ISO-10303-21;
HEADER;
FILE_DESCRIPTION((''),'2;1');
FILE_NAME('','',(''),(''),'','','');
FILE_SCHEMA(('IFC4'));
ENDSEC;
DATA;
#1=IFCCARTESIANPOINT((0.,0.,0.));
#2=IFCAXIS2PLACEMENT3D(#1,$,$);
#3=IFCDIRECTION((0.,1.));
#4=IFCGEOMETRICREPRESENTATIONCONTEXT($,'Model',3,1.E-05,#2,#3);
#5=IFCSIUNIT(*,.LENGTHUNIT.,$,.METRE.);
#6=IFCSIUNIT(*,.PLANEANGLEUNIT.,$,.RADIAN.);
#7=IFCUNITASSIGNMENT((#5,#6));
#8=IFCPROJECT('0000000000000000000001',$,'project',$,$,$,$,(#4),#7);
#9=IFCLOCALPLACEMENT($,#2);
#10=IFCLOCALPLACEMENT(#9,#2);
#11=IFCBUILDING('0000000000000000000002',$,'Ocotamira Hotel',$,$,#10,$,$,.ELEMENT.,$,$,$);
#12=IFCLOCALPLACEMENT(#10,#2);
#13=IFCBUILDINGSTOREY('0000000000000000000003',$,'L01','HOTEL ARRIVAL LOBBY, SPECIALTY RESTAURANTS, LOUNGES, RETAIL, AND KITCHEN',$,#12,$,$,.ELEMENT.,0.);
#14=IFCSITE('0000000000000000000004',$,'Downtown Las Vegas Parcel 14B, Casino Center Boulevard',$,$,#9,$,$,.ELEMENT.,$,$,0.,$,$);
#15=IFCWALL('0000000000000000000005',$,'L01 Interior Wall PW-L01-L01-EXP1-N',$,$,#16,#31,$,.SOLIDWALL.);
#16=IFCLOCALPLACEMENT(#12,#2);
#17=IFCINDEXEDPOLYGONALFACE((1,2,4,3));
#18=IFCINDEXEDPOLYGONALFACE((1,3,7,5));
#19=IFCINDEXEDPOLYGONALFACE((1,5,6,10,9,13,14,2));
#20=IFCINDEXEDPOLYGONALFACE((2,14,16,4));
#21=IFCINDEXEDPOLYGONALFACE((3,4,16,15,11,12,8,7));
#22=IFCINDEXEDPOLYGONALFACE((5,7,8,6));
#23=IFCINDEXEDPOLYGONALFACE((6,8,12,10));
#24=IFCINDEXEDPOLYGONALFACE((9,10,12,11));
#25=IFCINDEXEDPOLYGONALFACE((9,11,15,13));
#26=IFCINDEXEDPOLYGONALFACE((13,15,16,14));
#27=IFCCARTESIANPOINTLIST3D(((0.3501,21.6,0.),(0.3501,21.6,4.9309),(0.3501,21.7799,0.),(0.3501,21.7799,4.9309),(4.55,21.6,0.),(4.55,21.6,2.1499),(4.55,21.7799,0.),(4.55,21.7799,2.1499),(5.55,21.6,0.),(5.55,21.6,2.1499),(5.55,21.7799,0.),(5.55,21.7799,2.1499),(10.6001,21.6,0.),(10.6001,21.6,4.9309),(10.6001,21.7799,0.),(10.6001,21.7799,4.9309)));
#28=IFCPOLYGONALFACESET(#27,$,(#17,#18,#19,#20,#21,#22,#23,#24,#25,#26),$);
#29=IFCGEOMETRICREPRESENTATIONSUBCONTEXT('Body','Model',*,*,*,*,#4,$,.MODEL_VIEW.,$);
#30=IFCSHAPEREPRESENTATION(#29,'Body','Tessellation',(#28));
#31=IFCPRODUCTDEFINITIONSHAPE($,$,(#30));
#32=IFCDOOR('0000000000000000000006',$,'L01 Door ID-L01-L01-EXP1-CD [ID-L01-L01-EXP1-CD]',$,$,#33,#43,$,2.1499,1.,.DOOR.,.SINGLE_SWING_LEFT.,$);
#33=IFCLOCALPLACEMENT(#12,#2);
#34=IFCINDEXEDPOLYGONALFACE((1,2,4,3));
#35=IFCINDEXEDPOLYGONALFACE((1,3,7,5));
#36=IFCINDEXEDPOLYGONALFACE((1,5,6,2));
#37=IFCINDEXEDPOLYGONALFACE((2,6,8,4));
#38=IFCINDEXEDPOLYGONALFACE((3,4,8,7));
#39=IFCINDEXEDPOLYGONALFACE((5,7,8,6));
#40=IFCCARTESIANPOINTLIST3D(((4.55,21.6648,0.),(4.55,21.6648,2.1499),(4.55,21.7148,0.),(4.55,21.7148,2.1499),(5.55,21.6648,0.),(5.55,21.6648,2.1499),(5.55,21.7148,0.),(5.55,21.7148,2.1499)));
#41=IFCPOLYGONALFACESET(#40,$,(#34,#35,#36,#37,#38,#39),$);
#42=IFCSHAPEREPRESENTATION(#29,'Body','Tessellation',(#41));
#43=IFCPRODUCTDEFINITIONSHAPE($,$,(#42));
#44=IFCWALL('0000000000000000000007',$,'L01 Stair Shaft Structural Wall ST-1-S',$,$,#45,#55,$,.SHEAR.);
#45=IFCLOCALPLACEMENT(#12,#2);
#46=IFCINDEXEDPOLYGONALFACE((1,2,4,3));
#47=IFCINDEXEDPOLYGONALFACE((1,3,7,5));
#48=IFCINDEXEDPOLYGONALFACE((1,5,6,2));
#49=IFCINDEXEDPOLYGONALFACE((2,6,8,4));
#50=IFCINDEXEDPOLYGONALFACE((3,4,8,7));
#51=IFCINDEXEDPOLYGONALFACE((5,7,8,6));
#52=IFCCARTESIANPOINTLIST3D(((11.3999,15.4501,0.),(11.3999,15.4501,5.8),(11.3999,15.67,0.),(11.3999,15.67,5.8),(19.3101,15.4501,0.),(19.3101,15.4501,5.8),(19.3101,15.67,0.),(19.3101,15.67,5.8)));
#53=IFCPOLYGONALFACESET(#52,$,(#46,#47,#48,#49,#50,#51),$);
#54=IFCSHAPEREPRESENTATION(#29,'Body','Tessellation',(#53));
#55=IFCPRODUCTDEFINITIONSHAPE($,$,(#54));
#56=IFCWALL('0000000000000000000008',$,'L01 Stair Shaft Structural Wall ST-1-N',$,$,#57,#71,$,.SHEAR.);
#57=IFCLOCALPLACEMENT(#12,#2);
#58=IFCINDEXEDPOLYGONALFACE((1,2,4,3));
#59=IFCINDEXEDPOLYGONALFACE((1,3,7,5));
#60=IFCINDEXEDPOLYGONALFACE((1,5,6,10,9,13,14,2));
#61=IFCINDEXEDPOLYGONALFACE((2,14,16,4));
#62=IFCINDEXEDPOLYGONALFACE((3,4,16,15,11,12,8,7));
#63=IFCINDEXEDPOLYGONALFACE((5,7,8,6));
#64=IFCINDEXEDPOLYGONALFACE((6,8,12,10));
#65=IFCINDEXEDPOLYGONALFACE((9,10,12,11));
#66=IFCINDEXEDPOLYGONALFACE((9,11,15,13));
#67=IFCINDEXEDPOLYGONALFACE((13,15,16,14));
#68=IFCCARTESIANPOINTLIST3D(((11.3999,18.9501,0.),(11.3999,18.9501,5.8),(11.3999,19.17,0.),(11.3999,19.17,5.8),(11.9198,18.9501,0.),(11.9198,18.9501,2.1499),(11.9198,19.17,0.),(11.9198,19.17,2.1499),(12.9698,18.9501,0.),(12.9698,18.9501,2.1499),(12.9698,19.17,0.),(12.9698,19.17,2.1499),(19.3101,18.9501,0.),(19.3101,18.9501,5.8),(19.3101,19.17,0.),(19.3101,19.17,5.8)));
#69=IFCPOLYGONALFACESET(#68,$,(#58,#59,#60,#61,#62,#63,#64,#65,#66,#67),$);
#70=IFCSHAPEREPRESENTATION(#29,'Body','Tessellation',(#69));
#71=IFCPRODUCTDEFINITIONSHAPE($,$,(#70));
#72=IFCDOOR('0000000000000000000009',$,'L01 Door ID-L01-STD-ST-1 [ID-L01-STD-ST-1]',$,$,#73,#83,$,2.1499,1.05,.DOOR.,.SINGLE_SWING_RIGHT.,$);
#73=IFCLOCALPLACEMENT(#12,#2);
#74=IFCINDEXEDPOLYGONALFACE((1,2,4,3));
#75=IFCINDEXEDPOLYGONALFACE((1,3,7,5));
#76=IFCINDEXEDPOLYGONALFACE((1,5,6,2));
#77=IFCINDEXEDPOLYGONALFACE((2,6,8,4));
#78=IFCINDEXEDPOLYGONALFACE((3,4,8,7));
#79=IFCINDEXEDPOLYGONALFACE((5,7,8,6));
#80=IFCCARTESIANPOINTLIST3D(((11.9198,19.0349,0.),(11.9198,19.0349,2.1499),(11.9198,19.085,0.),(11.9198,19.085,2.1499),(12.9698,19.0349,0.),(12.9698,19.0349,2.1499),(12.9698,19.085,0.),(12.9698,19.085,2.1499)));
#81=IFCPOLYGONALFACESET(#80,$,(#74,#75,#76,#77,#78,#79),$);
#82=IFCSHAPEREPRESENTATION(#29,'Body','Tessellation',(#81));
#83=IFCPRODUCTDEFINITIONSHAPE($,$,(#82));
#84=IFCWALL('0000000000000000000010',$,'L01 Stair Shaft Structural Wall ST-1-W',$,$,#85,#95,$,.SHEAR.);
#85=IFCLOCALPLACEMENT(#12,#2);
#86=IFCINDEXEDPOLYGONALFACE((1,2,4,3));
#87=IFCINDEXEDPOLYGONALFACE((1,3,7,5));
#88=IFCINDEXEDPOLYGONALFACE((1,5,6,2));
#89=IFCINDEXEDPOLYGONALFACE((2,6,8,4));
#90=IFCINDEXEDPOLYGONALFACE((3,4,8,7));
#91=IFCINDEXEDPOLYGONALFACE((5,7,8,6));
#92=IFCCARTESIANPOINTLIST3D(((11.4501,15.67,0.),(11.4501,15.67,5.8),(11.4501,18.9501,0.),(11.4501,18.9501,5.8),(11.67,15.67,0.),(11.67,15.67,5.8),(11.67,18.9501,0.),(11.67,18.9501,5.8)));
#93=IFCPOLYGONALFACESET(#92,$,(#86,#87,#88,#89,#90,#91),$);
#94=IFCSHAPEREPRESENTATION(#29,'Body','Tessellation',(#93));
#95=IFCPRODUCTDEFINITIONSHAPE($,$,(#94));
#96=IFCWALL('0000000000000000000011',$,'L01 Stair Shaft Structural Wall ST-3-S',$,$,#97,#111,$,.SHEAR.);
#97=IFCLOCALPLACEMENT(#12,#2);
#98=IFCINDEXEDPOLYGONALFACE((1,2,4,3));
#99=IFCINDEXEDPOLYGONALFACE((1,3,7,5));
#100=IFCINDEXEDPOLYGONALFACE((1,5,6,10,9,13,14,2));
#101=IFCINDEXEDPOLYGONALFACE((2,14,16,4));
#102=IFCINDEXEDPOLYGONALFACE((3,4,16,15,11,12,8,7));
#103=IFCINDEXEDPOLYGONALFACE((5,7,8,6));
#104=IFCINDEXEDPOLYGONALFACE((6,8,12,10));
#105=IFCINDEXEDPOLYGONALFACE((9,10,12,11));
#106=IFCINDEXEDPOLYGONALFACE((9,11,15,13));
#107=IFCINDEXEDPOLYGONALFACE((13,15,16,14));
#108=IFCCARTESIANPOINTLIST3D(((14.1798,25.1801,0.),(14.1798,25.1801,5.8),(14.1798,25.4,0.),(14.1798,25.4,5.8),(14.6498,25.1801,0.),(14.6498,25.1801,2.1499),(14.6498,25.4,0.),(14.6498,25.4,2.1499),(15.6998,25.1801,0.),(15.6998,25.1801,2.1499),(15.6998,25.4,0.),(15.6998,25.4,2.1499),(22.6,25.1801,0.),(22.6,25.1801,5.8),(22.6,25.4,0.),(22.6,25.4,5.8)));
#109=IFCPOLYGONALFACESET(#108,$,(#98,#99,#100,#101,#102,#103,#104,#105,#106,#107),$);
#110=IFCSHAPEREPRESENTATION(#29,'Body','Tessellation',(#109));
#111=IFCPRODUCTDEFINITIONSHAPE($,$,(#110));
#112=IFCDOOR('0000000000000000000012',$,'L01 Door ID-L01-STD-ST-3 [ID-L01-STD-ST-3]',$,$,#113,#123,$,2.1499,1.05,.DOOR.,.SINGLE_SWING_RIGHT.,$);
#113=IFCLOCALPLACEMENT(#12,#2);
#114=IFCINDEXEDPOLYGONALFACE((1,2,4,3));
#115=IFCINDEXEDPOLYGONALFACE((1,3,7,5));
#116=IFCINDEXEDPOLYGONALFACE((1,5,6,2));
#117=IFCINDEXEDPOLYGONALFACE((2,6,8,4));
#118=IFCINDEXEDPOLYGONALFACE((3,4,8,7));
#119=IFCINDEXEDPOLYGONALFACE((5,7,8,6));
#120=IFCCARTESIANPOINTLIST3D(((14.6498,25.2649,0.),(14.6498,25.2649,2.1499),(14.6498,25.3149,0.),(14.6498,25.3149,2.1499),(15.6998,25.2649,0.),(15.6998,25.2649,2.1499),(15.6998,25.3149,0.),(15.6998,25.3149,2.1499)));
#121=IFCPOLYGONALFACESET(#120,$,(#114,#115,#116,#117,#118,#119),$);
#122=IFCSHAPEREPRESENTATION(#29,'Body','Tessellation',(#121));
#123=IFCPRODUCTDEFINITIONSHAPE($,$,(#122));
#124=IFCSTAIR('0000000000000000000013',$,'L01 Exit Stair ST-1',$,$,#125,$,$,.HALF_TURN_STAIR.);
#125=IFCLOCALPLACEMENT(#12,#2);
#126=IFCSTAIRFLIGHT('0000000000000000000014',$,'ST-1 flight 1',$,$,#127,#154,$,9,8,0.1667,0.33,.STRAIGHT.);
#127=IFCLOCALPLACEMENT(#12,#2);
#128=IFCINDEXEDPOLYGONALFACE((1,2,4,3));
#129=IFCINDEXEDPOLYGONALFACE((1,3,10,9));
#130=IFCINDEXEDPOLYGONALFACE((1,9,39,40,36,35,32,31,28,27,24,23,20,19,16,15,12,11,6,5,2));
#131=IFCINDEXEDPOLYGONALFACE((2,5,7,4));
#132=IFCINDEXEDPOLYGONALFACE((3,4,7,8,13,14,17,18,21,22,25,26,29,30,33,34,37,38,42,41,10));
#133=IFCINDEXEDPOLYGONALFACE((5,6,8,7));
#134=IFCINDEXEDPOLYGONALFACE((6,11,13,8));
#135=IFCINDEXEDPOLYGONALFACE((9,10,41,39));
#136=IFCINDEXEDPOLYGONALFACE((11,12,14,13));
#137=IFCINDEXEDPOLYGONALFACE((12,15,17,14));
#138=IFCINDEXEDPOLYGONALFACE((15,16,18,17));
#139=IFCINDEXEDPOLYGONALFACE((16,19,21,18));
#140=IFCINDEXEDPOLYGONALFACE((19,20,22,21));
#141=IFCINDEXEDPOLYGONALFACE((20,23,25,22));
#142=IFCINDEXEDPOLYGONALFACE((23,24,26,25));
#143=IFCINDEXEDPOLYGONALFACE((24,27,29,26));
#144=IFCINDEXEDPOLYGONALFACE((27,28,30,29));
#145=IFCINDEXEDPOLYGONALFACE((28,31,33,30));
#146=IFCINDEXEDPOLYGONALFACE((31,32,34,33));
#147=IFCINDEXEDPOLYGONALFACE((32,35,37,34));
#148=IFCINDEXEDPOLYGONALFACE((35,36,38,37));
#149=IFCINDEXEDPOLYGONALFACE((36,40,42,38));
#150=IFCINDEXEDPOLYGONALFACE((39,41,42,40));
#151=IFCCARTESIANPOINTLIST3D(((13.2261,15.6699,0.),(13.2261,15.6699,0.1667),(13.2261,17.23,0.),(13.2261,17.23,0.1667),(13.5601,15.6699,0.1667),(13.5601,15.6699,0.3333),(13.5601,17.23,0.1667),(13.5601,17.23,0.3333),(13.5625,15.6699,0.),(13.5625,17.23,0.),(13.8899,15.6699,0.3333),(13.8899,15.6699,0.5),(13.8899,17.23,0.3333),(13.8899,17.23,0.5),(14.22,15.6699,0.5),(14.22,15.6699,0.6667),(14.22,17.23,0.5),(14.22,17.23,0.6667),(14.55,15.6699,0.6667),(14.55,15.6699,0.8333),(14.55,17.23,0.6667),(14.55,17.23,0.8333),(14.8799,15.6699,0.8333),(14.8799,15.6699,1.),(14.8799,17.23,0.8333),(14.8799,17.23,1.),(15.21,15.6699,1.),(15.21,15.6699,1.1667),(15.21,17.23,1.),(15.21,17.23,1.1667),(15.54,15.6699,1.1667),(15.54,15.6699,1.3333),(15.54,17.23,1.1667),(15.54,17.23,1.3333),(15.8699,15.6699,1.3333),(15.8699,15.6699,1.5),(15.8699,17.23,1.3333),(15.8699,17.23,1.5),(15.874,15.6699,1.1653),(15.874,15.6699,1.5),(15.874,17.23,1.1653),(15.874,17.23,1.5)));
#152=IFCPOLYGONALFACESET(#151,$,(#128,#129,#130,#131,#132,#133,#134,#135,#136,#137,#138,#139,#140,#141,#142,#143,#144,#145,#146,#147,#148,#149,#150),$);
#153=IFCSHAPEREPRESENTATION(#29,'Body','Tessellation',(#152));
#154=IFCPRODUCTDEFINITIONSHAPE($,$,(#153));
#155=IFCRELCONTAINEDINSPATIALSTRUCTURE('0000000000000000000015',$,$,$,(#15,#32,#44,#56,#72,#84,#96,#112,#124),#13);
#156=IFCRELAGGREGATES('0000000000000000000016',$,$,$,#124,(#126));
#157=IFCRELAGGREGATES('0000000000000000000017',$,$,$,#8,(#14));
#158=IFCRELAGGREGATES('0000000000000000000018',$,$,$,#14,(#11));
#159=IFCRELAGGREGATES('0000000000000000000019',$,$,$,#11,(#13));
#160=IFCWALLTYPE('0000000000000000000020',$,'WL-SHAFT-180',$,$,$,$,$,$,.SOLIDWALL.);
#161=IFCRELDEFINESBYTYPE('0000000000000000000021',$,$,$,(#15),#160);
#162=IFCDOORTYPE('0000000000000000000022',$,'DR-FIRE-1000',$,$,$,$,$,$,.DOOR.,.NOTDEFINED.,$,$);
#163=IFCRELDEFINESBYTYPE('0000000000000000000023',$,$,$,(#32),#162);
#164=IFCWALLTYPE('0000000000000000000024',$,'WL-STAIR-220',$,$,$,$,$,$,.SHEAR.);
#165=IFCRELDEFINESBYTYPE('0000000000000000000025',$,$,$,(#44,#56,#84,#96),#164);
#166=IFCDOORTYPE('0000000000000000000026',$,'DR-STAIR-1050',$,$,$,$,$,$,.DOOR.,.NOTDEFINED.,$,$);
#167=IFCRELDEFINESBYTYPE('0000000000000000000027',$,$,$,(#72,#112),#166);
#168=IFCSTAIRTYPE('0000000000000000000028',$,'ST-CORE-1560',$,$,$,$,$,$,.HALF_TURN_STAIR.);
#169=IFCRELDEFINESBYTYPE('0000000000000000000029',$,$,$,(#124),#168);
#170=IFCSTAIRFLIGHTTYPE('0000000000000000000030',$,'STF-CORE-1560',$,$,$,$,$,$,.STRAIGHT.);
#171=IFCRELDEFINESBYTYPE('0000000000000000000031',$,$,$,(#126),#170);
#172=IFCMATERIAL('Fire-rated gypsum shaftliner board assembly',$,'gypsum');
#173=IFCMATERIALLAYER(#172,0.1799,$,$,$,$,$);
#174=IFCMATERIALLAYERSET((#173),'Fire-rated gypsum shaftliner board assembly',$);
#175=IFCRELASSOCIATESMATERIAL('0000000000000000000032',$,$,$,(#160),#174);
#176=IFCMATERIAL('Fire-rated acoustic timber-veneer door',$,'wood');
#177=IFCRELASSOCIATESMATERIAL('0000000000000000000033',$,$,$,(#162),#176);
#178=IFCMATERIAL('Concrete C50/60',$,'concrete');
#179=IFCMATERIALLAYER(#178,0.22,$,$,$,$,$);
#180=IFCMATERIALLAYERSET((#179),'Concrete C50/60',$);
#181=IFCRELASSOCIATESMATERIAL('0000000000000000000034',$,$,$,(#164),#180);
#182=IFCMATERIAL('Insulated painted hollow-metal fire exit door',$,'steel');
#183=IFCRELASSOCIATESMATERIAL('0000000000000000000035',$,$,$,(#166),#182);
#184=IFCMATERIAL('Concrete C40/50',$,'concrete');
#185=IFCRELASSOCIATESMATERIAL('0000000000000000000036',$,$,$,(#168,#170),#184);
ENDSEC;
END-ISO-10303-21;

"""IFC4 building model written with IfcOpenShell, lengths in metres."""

from ifc_helpers import new_model, si_unit, direction, frame, frame_2d, origin, place, context, subcontext, project, spatial, polyline, rectangle, outline, extrude, source, transform, mapped, material, layer, layer_set, type_object, element, fill, aggregate, save


model = new_model("IFC4")

# Units and contexts
model_context = context("Model", 3, precision=1e-05, world=origin(), true_north=direction((0.0, 1.0)))
body_context = subcontext(model_context, "Body", "Model", "MODEL_VIEW")
ifc_project = project(units=[si_unit("LENGTHUNIT", "METRE"), si_unit("PLANEANGLEUNIT", "RADIAN")], contexts=[model_context])

# Site, building, storey
site_placement = place(None, origin())
site = spatial("IfcSite", under=ifc_project, at=site_placement, Name="Downtown Las Vegas Parcel 14B, Casino Center Boulevard", CompositionType="ELEMENT", RefElevation=0.0)
building_placement = place(site_placement, origin())
building = spatial("IfcBuilding", under=site, at=building_placement, Name="Ocotamira Hotel", CompositionType="ELEMENT")
storey_placement = place(building_placement, origin())
storey = spatial("IfcBuildingStorey", under=building, at=storey_placement, Name="L01", Description="HOTEL ARRIVAL LOBBY, SPECIALTY RESTAURANTS, LOUNGES, RETAIL, AND KITCHEN", CompositionType="ELEMENT", Elevation=0.0)

# Shared definitions
ifc_material_1 = material(Name="Fire-rated gypsum shaftliner board assembly", Category="gypsum")
ifc_layer_1 = layer(ifc_material_1, 0.1799)
ifc_layer_set_1 = layer_set([ifc_layer_1], Name="Fire-rated gypsum shaftliner board assembly")
wall_type_1 = type_object("IfcWallType", Name="WL-SHAFT-180", PredefinedType="SOLIDWALL", material=ifc_layer_set_1)

# Wall, opening, door
wall_1_placement = place(storey_placement, frame((0.3501, 21.6899, 0.0), z_axis=(0.0, 0.0, 1.0), x_axis=(1.0, 0.0, 0.0)))
wall_1 = element("IfcWall", 1, at=wall_1_placement, inside=storey, type_object=wall_type_1, Name="L01 Interior Wall PW-L01-L01-EXP1-N", PredefinedType="SOLIDWALL", context=body_context, shape_type="SweptSolid", body=[
    extrude(rectangle(XDim=10.25, YDim=0.1799, at=frame_2d((5.125, 0.0))), origin(), (0.0, 0.0, 1.0), 4.9309),
])
opening_1_placement = place(wall_1_placement, frame((4.2, 0.0, 0.0)))
opening_1 = element("IfcOpeningElement", 2, at=opening_1_placement, cuts=wall_1, PredefinedType="OPENING", context=body_context, shape_type="SweptSolid", body=[
    extrude(rectangle(XDim=1.0, YDim=2.1499, at=frame_2d((0.5, 1.075))), frame((0.0, 0.1001, 0.0), z_axis=(0.0, -1.0, 0.0), x_axis=(1.0, 0.0, 0.0)), (0.0, 0.0, 1.0), 0.2),
])
ifc_material_2 = material(Name="Fire-rated acoustic timber-veneer door", Category="wood")
door_type_1 = type_object("IfcDoorType", Name="DR-FIRE-1000", OperationType="NOTDEFINED", PredefinedType="DOOR", material=ifc_material_2)
shared_shape_1 = source(origin(), body_context, "Body", "SweptSolid", [
    extrude(rectangle(XDim=1.0, YDim=2.1499, at=frame_2d((0.5, 1.075))), frame((0.0, 0.0249, 0.0), z_axis=(0.0, -1.0, 0.0), x_axis=(1.0, 0.0, 0.0)), (0.0, 0.0, 1.0), 0.05),
])
door_1_placement = place(opening_1_placement, origin())
door_1 = element("IfcDoor", 3, at=door_1_placement, inside=storey, type_object=door_type_1, Name="L01 Door ID-L01-L01-EXP1-CD [ID-L01-L01-EXP1-CD]", OperationType="SINGLE_SWING_LEFT", OverallHeight=2.1499, OverallWidth=1.0, PredefinedType="DOOR", context=body_context, shape_type="MappedRepresentation", body=[
    mapped(shared_shape_1, transform((0.0, 0.0, 0.0), scale=1.0)),
])
fill(opening_1, door_1)

# Wall
ifc_material_3 = material(Name="Concrete C50/60", Category="concrete")
ifc_layer_2 = layer(ifc_material_3, 0.22)
ifc_layer_set_2 = layer_set([ifc_layer_2], Name="Concrete C50/60")
wall_type_2 = type_object("IfcWallType", Name="WL-STAIR-220", PredefinedType="SHEAR", material=ifc_layer_set_2)
wall_2_placement = place(storey_placement, frame((11.3999, 15.5601, 0.0), z_axis=(0.0, 0.0, 1.0), x_axis=(1.0, 0.0, 0.0)))
element("IfcWall", 4, at=wall_2_placement, inside=storey, type_object=wall_type_2, Name="L01 Stair Shaft Structural Wall ST-1-S", PredefinedType="SHEAR", context=body_context, shape_type="SweptSolid", body=[
    extrude(rectangle(XDim=7.9102, YDim=0.22, at=frame_2d((3.9551, 0.0))), origin(), (0.0, 0.0, 1.0), 5.8),
])

# Wall, opening, door
wall_3_placement = place(storey_placement, frame((11.3999, 19.0601, 0.0), z_axis=(0.0, 0.0, 1.0), x_axis=(1.0, 0.0, 0.0)))
wall_3 = element("IfcWall", 5, at=wall_3_placement, inside=storey, type_object=wall_type_2, Name="L01 Stair Shaft Structural Wall ST-1-N", PredefinedType="SHEAR", context=body_context, shape_type="SweptSolid", body=[
    extrude(rectangle(XDim=7.9102, YDim=0.22, at=frame_2d((3.9551, 0.0))), origin(), (0.0, 0.0, 1.0), 5.8),
])
opening_2_placement = place(wall_3_placement, frame((0.52, 0.0, 0.0)))
opening_2 = element("IfcOpeningElement", 6, at=opening_2_placement, cuts=wall_3, PredefinedType="OPENING", context=body_context, shape_type="SweptSolid", body=[
    extrude(rectangle(XDim=1.05, YDim=2.1499, at=frame_2d((0.5249, 1.075))), frame((0.0, 0.1201, 0.0), z_axis=(0.0, -1.0, 0.0), x_axis=(1.0, 0.0, 0.0)), (0.0, 0.0, 1.0), 0.24),
])
ifc_material_4 = material(Name="Insulated painted hollow-metal fire exit door", Category="steel")
door_type_2 = type_object("IfcDoorType", Name="DR-STAIR-1050", OperationType="NOTDEFINED", PredefinedType="DOOR", material=ifc_material_4)
shared_shape_2 = source(origin(), body_context, "Body", "SweptSolid", [
    extrude(rectangle(XDim=1.05, YDim=2.1499, at=frame_2d((0.5249, 1.075))), frame((0.0, 0.0249, 0.0), z_axis=(0.0, -1.0, 0.0), x_axis=(1.0, 0.0, 0.0)), (0.0, 0.0, 1.0), 0.05),
])
door_2_placement = place(opening_2_placement, origin())
door_2 = element("IfcDoor", 7, at=door_2_placement, inside=storey, type_object=door_type_2, Name="L01 Door ID-L01-STD-ST-1 [ID-L01-STD-ST-1]", OperationType="SINGLE_SWING_RIGHT", OverallHeight=2.1499, OverallWidth=1.05, PredefinedType="DOOR", context=body_context, shape_type="MappedRepresentation", body=[
    mapped(shared_shape_2, transform((0.0, 0.0, 0.0), scale=1.0)),
])
fill(opening_2, door_2)

# Wall
wall_4_placement = place(storey_placement, frame((11.5601, 15.6699, 0.0), z_axis=(0.0, 0.0, 1.0), x_axis=(0.0, 1.0, 0.0)))
element("IfcWall", 8, at=wall_4_placement, inside=storey, type_object=wall_type_2, Name="L01 Stair Shaft Structural Wall ST-1-W", PredefinedType="SHEAR", context=body_context, shape_type="SweptSolid", body=[
    extrude(rectangle(XDim=3.28, YDim=0.22, at=frame_2d((1.6401, 0.0))), origin(), (0.0, 0.0, 1.0), 5.8),
])

# Wall, opening, door
wall_5_placement = place(storey_placement, frame((14.1799, 25.29, 0.0), z_axis=(0.0, 0.0, 1.0), x_axis=(1.0, 0.0, 0.0)))
wall_5 = element("IfcWall", 9, at=wall_5_placement, inside=storey, type_object=wall_type_2, Name="L01 Stair Shaft Structural Wall ST-3-S", PredefinedType="SHEAR", context=body_context, shape_type="SweptSolid", body=[
    extrude(rectangle(XDim=8.4202, YDim=0.22, at=frame_2d((4.21, 0.0))), origin(), (0.0, 0.0, 1.0), 5.8),
])
opening_3_placement = place(wall_5_placement, frame((0.47, 0.0, 0.0)))
opening_3 = element("IfcOpeningElement", 10, at=opening_3_placement, cuts=wall_5, PredefinedType="OPENING", context=body_context, shape_type="SweptSolid", body=[
    extrude(rectangle(XDim=1.05, YDim=2.1499, at=frame_2d((0.5249, 1.075))), frame((0.0, 0.1201, 0.0), z_axis=(0.0, -1.0, 0.0), x_axis=(1.0, 0.0, 0.0)), (0.0, 0.0, 1.0), 0.24),
])
door_3_placement = place(opening_3_placement, origin())
door_3 = element("IfcDoor", 11, at=door_3_placement, inside=storey, type_object=door_type_2, Name="L01 Door ID-L01-STD-ST-3 [ID-L01-STD-ST-3]", OperationType="SINGLE_SWING_RIGHT", OverallHeight=2.1499, OverallWidth=1.05, PredefinedType="DOOR", context=body_context, shape_type="MappedRepresentation", body=[
    mapped(shared_shape_2, transform((0.0, 0.0, 0.0), scale=1.0)),
])
fill(opening_3, door_3)

# Stair, stair flight
ifc_material_5 = material(Name="Concrete C40/50", Category="concrete")
stair_type = type_object("IfcStairType", Name="ST-CORE-1560", PredefinedType="HALF_TURN_STAIR", material=ifc_material_5)
stair_placement = place(storey_placement, origin())
stair = element("IfcStair", 12, at=stair_placement, inside=storey, type_object=stair_type, Name="L01 Exit Stair ST-1", PredefinedType="HALF_TURN_STAIR")
stair_flight_type = type_object("IfcStairFlightType", Name="STF-CORE-1560", PredefinedType="STRAIGHT", material=ifc_material_5)
shared_shape_3 = source(origin(), body_context, "Body", "SweptSolid", [
    extrude(outline(polyline([(-0.0039, 0.0), (-0.0039, 0.1667), (0.3301, 0.1667), (0.3301, 0.3333), (0.6599, 0.3333), (0.6599, 0.5), (0.99, 0.5), (0.99, 0.6667), (1.3201, 0.6667), (1.3201, 0.8333), (1.6499, 0.8333), (1.6499, 1.0), (1.98, 1.0), (1.98, 1.1667), (2.3101, 1.1667), (2.3101, 1.3333), (2.6399, 1.3333), (2.6399, 1.5), (2.644, 1.5), (2.644, 1.1653), (0.3325, 0.0), (-0.0039, 0.0)])), frame((0.0, 0.78, 0.0), z_axis=(0.0, -1.0, 0.0), x_axis=(1.0, 0.0, 0.0)), (0.0, 0.0, 1.0), 1.5601),
])
stair_flight_1_placement = place(storey_placement, frame((13.23, 16.45, 0.0), z_axis=(0.0, 0.0, 1.0), x_axis=(1.0, 0.0, 0.0)))
stair_flight_1 = element("IfcStairFlight", 13, at=stair_flight_1_placement, type_object=stair_flight_type, Name="ST-1 flight 1", NumberOfRisers=9, NumberOfTreads=8, PredefinedType="STRAIGHT", RiserHeight=0.1667, TreadLength=0.33, context=body_context, shape_type="MappedRepresentation", body=[
    mapped(shared_shape_3, transform((0.0, 0.0, 0.0), scale=1.0)),
])
aggregate(stair, [stair_flight_1])

save(model, "model.ifc")
